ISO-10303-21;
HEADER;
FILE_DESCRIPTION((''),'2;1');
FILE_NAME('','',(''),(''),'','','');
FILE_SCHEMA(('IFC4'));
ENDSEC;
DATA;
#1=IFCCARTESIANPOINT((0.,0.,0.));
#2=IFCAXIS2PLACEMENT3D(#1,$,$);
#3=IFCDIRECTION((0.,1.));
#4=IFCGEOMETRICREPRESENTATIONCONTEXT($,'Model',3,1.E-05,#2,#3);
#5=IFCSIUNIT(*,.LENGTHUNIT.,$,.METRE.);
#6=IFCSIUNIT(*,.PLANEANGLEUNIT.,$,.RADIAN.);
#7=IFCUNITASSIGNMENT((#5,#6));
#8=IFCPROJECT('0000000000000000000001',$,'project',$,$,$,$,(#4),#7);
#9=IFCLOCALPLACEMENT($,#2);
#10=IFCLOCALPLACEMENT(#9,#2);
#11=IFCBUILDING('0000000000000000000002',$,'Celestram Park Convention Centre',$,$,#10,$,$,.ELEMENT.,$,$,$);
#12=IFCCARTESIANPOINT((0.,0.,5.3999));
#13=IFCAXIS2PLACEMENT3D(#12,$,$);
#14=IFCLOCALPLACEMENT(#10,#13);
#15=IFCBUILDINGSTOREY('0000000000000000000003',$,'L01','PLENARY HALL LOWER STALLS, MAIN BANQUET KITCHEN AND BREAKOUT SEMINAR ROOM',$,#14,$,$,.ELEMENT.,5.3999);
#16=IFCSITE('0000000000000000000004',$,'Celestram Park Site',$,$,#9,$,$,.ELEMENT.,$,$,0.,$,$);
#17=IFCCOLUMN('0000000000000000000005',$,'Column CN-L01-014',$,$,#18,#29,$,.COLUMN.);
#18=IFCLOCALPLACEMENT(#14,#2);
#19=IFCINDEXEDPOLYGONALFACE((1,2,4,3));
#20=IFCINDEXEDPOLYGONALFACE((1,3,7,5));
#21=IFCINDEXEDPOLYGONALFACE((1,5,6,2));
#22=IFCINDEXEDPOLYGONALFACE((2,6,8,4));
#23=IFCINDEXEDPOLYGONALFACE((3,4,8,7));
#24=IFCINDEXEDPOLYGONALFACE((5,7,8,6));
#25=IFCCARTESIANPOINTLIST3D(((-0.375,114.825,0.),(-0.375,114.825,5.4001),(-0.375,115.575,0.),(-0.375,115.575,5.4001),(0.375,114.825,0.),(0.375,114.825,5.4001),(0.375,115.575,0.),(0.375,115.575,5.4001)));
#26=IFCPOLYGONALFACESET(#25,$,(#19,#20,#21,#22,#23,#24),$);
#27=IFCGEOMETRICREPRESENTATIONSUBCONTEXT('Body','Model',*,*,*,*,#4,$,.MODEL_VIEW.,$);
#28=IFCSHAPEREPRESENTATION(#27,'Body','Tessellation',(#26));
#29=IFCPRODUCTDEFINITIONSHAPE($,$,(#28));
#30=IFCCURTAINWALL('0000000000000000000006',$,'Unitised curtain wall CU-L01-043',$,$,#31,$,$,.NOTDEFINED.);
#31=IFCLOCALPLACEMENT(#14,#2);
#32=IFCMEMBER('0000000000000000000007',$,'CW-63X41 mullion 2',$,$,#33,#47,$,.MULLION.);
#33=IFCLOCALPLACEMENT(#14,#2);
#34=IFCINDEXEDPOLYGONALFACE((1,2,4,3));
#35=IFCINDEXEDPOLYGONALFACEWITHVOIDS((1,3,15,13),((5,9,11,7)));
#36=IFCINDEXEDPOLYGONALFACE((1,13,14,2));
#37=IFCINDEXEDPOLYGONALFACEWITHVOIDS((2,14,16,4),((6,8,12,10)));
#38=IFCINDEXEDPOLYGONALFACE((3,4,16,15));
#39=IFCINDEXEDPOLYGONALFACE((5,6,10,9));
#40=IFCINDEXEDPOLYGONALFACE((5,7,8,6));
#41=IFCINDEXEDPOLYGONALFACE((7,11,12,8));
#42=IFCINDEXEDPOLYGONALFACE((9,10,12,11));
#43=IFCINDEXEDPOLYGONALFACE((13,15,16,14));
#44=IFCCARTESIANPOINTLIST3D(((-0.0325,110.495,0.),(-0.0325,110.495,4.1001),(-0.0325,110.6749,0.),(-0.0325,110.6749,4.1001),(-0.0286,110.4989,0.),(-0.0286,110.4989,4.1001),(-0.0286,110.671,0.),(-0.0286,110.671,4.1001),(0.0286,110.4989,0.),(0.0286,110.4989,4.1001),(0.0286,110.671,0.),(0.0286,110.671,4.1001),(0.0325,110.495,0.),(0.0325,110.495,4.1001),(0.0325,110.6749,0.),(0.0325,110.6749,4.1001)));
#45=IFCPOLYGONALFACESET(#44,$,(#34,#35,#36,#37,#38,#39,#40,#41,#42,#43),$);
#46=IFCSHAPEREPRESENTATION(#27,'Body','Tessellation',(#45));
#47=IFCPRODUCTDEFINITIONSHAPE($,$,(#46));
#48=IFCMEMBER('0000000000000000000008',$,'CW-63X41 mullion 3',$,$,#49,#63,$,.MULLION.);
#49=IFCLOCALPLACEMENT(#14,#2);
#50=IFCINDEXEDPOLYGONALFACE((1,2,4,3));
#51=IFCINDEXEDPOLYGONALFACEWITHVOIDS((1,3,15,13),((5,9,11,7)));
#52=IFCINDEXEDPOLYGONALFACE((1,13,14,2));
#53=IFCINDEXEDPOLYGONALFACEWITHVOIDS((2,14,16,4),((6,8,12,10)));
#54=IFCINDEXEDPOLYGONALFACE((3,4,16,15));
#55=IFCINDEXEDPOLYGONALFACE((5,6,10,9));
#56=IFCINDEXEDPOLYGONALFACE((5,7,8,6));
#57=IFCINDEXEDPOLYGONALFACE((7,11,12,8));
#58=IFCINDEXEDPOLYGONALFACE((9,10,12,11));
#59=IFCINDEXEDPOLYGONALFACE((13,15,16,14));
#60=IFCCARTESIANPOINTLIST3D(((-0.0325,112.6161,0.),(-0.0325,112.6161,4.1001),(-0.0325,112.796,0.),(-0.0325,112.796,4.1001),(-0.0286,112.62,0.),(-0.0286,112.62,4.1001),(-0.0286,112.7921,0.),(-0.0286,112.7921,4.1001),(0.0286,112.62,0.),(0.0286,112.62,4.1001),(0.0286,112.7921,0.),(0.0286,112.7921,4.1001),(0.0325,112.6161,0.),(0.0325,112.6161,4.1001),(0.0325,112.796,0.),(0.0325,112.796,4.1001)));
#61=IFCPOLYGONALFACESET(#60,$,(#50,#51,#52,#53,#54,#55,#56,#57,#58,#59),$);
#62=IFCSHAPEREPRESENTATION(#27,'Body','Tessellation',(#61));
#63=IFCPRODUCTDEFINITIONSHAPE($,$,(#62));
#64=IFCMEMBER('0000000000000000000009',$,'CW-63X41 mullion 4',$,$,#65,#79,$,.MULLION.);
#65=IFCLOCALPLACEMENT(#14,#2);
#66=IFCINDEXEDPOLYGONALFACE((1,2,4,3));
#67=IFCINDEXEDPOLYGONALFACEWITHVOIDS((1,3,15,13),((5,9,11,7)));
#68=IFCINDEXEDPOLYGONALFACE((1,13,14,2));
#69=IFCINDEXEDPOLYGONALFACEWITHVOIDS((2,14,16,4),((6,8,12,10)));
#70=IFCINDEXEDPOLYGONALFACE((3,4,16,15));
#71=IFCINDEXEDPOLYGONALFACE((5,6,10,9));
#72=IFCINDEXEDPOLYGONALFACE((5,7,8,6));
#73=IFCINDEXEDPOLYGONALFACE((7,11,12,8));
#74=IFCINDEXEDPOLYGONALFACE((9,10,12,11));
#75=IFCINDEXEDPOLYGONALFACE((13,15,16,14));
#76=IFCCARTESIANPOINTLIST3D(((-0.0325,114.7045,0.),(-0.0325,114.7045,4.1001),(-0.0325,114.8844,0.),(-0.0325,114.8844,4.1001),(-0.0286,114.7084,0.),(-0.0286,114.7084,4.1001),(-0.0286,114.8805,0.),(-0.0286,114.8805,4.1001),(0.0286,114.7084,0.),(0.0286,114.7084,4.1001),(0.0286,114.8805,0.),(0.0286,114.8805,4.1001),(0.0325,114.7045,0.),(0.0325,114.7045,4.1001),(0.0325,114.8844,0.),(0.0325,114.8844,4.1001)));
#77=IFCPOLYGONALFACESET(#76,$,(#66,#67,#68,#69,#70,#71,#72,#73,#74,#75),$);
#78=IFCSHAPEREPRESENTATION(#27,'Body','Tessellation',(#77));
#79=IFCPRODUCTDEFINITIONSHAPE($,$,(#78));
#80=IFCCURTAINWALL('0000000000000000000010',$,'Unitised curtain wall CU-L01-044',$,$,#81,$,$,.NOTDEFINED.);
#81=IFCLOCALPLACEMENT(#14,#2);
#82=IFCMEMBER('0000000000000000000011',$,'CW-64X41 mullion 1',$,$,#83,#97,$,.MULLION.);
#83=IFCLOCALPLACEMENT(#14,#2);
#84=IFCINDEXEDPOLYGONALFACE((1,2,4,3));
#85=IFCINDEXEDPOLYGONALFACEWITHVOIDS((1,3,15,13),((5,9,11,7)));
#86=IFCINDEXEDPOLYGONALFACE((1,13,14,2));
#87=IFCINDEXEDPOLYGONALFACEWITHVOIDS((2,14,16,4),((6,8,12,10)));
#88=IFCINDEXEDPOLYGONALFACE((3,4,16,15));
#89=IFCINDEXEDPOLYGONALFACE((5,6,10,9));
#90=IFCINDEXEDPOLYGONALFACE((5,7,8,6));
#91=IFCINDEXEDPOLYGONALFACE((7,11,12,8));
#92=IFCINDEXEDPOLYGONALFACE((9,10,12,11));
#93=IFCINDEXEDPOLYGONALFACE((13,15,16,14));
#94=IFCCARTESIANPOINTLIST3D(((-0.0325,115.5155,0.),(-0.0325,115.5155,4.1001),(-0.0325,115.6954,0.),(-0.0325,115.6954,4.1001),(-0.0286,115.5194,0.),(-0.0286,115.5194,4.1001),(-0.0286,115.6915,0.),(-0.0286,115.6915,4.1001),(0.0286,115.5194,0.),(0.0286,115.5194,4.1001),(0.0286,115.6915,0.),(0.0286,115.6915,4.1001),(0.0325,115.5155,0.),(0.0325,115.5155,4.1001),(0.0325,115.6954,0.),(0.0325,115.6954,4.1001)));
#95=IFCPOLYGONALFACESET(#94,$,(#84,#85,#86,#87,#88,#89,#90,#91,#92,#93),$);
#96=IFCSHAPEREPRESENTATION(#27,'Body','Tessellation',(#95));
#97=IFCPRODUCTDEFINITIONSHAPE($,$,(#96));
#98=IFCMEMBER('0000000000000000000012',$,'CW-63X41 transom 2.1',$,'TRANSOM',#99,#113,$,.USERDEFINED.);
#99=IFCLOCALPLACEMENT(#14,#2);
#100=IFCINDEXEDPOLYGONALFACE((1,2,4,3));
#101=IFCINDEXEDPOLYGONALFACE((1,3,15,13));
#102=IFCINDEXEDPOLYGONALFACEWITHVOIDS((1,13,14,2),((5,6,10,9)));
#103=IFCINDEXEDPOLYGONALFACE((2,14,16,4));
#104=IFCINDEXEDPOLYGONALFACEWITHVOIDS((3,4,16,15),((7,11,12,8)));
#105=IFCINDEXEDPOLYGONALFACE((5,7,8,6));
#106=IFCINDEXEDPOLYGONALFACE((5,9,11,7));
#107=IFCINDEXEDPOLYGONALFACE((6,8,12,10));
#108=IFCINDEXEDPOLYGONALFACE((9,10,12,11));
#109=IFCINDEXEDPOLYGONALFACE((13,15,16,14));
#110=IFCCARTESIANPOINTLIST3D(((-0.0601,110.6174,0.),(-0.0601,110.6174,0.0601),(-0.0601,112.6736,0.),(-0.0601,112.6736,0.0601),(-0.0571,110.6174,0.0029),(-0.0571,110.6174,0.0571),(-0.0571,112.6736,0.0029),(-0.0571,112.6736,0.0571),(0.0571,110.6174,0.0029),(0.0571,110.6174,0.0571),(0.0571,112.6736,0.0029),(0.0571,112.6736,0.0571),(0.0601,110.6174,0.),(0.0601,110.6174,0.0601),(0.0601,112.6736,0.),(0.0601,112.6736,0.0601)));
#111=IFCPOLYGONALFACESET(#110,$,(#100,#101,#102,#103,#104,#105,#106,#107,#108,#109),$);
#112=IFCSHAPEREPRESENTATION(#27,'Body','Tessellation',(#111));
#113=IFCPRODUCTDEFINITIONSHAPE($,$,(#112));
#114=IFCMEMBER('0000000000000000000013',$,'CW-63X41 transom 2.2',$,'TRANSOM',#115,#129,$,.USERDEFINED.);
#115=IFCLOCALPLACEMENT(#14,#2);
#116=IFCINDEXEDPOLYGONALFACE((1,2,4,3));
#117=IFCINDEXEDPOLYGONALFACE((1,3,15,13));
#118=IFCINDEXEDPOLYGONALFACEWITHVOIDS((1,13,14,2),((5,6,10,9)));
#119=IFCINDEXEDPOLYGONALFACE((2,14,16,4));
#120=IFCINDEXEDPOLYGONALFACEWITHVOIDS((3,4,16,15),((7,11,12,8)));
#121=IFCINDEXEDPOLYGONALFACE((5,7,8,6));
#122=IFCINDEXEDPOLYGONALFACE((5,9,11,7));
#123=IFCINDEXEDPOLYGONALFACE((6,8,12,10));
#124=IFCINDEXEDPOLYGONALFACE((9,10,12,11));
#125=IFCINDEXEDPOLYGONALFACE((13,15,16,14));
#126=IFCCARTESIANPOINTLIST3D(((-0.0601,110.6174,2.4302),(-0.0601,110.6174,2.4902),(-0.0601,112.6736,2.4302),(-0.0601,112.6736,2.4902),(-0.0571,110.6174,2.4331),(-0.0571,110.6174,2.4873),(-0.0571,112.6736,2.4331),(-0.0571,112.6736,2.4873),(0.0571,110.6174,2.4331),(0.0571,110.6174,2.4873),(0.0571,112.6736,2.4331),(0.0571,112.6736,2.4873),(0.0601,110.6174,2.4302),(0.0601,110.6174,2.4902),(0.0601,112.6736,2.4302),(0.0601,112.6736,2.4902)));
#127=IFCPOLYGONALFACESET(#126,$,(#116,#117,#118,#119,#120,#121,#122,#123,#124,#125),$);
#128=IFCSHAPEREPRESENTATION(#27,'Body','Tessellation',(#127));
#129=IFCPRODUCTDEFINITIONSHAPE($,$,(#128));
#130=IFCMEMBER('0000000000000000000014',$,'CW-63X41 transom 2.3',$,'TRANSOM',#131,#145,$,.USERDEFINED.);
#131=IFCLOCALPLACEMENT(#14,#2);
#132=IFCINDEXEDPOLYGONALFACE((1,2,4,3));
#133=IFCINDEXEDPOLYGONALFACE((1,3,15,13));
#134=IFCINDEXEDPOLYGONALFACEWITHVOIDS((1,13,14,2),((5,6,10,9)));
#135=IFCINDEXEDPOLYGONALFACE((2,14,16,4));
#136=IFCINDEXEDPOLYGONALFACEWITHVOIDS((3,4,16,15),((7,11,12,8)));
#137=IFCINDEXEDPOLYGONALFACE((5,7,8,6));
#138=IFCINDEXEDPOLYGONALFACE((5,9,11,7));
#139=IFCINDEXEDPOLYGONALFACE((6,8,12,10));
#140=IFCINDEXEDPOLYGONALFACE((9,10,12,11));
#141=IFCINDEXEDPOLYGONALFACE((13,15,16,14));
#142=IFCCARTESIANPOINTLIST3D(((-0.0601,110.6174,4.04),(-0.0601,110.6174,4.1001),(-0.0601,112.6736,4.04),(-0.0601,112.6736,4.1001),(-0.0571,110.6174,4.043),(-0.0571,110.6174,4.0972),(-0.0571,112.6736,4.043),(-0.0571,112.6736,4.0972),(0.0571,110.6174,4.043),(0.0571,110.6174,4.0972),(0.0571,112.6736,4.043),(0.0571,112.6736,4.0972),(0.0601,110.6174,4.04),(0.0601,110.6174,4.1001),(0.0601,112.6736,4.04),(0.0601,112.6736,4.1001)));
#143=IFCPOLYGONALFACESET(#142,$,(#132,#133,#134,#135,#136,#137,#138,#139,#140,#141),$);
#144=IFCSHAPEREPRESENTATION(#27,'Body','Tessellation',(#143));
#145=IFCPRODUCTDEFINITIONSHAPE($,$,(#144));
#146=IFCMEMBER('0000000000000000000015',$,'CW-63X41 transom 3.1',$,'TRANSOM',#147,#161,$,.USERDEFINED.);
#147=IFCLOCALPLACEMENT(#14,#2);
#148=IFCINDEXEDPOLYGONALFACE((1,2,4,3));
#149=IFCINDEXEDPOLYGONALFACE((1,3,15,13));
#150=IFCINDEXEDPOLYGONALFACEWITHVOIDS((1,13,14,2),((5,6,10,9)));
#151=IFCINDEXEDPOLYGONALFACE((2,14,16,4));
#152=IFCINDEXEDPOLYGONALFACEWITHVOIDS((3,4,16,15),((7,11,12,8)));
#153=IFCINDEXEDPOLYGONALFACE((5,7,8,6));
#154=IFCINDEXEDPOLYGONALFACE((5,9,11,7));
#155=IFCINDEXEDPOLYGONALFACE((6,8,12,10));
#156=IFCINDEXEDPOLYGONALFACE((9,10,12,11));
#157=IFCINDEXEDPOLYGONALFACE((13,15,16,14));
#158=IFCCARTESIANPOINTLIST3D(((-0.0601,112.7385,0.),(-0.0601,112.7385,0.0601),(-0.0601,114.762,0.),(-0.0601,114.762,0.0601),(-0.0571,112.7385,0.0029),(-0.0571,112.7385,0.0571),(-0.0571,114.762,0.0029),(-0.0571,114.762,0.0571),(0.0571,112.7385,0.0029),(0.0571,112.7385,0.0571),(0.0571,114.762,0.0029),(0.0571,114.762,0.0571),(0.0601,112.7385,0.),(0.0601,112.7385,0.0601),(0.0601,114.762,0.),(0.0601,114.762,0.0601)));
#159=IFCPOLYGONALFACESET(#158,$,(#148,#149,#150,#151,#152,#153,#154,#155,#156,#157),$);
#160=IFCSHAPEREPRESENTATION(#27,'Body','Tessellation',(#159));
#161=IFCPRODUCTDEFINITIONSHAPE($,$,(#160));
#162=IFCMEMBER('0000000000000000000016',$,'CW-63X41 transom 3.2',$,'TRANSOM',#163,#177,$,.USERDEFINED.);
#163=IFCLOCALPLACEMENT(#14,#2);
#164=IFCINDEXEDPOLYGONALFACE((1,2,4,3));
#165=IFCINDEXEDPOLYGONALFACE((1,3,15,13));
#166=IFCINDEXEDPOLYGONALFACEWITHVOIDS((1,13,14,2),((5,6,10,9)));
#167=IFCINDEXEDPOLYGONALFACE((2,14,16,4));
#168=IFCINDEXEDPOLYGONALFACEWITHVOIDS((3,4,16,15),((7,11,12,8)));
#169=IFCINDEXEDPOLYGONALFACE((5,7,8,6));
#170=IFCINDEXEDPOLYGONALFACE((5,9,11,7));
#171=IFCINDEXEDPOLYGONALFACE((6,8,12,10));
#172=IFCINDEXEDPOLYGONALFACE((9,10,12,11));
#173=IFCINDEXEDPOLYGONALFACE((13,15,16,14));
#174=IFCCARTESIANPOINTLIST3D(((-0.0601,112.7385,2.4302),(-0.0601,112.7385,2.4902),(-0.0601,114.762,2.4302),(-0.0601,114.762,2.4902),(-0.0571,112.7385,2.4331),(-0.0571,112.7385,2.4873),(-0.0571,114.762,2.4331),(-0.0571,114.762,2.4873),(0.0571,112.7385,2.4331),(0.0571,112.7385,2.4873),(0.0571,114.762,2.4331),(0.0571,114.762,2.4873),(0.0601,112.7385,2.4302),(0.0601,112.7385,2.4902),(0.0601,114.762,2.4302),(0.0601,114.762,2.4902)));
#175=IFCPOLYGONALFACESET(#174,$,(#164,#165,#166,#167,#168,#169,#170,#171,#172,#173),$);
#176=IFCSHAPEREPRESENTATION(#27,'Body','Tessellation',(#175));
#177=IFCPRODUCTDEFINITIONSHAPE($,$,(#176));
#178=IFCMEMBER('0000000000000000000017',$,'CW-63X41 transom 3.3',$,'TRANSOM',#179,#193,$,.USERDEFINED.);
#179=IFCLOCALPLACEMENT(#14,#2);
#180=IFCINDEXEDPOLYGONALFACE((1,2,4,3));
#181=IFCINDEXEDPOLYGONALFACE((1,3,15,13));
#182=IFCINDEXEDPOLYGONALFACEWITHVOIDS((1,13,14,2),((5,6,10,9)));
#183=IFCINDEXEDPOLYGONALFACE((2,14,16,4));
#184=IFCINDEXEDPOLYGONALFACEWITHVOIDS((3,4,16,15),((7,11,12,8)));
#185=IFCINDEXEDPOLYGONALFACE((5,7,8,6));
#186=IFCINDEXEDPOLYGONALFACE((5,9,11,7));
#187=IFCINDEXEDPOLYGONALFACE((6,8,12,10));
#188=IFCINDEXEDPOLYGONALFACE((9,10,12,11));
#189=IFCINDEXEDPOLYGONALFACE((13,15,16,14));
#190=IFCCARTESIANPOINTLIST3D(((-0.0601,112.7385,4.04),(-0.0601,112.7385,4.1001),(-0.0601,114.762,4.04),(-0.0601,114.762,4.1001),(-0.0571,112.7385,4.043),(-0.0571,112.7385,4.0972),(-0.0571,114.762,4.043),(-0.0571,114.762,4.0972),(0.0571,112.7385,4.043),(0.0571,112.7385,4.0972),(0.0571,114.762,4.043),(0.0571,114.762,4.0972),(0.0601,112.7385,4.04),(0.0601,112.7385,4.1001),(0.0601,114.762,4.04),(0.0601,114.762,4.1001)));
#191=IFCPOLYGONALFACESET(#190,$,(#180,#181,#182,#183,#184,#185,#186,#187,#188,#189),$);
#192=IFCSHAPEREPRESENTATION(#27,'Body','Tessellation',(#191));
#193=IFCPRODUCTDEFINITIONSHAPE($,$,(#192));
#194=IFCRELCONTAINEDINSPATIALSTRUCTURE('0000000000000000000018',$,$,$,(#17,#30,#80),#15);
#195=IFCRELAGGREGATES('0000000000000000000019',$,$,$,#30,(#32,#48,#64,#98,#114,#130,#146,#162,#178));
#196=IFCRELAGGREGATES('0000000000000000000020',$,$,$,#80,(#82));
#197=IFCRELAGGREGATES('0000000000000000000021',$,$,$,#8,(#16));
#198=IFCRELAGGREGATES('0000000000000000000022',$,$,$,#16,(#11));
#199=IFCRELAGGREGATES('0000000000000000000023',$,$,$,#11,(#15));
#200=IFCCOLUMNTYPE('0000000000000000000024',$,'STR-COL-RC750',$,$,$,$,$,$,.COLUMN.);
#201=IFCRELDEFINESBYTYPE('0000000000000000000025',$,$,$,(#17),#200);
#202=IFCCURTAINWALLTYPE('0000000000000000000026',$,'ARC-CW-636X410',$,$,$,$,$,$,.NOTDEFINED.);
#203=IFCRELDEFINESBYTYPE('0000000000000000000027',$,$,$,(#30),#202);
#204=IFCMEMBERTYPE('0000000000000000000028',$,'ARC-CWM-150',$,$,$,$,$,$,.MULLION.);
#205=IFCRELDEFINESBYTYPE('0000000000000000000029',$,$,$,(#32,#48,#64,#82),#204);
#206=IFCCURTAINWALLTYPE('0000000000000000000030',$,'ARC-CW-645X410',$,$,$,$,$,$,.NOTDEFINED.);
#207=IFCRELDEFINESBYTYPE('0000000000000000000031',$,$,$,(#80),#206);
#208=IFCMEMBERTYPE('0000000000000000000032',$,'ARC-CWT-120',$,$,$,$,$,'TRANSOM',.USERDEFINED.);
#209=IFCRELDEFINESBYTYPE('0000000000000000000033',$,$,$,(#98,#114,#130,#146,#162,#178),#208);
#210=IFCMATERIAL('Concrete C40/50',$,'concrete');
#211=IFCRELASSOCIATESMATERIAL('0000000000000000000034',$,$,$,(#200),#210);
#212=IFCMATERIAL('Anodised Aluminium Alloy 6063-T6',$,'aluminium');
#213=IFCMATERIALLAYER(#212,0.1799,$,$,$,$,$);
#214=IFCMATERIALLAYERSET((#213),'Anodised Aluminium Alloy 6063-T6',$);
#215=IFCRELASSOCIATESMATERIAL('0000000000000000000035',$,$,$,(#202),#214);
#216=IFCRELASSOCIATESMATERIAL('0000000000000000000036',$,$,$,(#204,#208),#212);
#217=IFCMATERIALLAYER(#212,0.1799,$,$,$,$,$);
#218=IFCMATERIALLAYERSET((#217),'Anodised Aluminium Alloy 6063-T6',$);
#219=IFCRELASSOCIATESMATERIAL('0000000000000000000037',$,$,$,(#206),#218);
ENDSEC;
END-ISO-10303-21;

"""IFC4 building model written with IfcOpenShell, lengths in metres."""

from ifc_helpers import new_model, si_unit, direction, frame, origin, origin_2d, place, context, subcontext, project, spatial, rectangle, hollow_rectangle, extrude, material, layer, layer_set, material_profile, profile_set, type_object, element, aggregate, save


model = new_model("IFC4")

# Units and contexts
model_context = context("Model", 3, precision=1e-05, world=origin(), true_north=direction((0.0, 1.0)))
body_context = subcontext(model_context, "Body", "Model", "MODEL_VIEW")
ifc_project = project(units=[si_unit("LENGTHUNIT", "METRE"), si_unit("PLANEANGLEUNIT", "RADIAN")], contexts=[model_context])

# Site, building, storey
site_placement = place(None, origin())
site = spatial("IfcSite", under=ifc_project, at=site_placement, Name="Celestram Park Site", CompositionType="ELEMENT", RefElevation=0.0)
building_placement = place(site_placement, origin())
building = spatial("IfcBuilding", under=site, at=building_placement, Name="Celestram Park Convention Centre", CompositionType="ELEMENT")
storey_placement = place(building_placement, frame((0.0, 0.0, 5.3999)))
storey = spatial("IfcBuildingStorey", under=building, at=storey_placement, Name="L01", Description="PLENARY HALL LOWER STALLS, MAIN BANQUET KITCHEN AND BREAKOUT SEMINAR ROOM", CompositionType="ELEMENT", Elevation=5.3999)

# Column
ifc_material_1 = material(Name="Concrete C40/50", Category="concrete")
ifc_material_profile_1 = material_profile(ifc_material_1, rectangle(XDim=0.75, YDim=0.75, at=origin_2d()), Name="RC750X750")
ifc_profile_set_1 = profile_set([ifc_material_profile_1], Name="Concrete C40/50")
column_type = type_object("IfcColumnType", Name="STR-COL-RC750", PredefinedType="COLUMN", material=ifc_profile_set_1)
column_placement = place(storey_placement, frame((0.0, 115.2, 0.0), z_axis=(0.0, 0.0, 1.0), x_axis=(1.0, 0.0, 0.0)))
element("IfcColumn", 1, at=column_placement, inside=storey, type_object=column_type, Name="Column CN-L01-014", PredefinedType="COLUMN", context=body_context, shape_type="SweptSolid", body=[
    extrude(rectangle(XDim=0.75, YDim=0.75, at=origin_2d()), origin(), (0.0, 0.0, 1.0), 5.4001),
])

# Curtain wall, members
ifc_material_2 = material(Name="Anodised Aluminium Alloy 6063-T6", Category="aluminium")
ifc_layer_1 = layer(ifc_material_2, 0.1799)
ifc_layer_set_1 = layer_set([ifc_layer_1], Name="Anodised Aluminium Alloy 6063-T6")
curtain_wall_type_1 = type_object("IfcCurtainWallType", Name="ARC-CW-636X410", PredefinedType="NOTDEFINED", material=ifc_layer_set_1)
curtain_wall_1_placement = place(storey_placement, origin())
curtain_wall_1 = element("IfcCurtainWall", 2, at=curtain_wall_1_placement, inside=storey, type_object=curtain_wall_type_1, Name="Unitised curtain wall CU-L01-043", PredefinedType="NOTDEFINED")
ifc_material_profile_2 = material_profile(ifc_material_2, hollow_rectangle(XDim=0.0649, YDim=0.1799, WallThickness=0.0039, at=origin_2d()), Name="ALU65X180X4")
ifc_profile_set_2 = profile_set([ifc_material_profile_2], Name="Anodised Aluminium Alloy 6063-T6")
member_type_1 = type_object("IfcMemberType", Name="ARC-CWM-150", PredefinedType="MULLION", material=ifc_profile_set_2)
member_1_placement = place(storey_placement, frame((0.0, 110.585, 0.0), z_axis=(0.0, 0.0, 1.0), x_axis=(-1.0, 0.0, 0.0)))
member_1 = element("IfcMember", 3, at=member_1_placement, type_object=member_type_1, Name="CW-63X41 mullion 2", PredefinedType="MULLION", context=body_context, shape_type="SweptSolid", body=[
    extrude(hollow_rectangle(XDim=0.0649, YDim=0.1799, WallThickness=0.0039, at=origin_2d()), origin(), (0.0, 0.0, 1.0), 4.1001),
])
member_2_placement = place(storey_placement, frame((0.0, 112.7061, 0.0), z_axis=(0.0, 0.0, 1.0), x_axis=(-1.0, 0.0, 0.0)))
member_2 = element("IfcMember", 4, at=member_2_placement, type_object=member_type_1, Name="CW-63X41 mullion 3", PredefinedType="MULLION", context=body_context, shape_type="SweptSolid", body=[
    extrude(hollow_rectangle(XDim=0.0649, YDim=0.1799, WallThickness=0.0039, at=origin_2d()), origin(), (0.0, 0.0, 1.0), 4.1001),
])
member_3_placement = place(storey_placement, frame((0.0, 114.7944, 0.0), z_axis=(0.0, 0.0, 1.0), x_axis=(-1.0, 0.0, 0.0)))
member_3 = element("IfcMember", 5, at=member_3_placement, type_object=member_type_1, Name="CW-63X41 mullion 4", PredefinedType="MULLION", context=body_context, shape_type="SweptSolid", body=[
    extrude(hollow_rectangle(XDim=0.0649, YDim=0.1799, WallThickness=0.0039, at=origin_2d()), origin(), (0.0, 0.0, 1.0), 4.1001),
])

# Curtain wall, member
ifc_layer_2 = layer(ifc_material_2, 0.1799)
ifc_layer_set_2 = layer_set([ifc_layer_2], Name="Anodised Aluminium Alloy 6063-T6")
curtain_wall_type_2 = type_object("IfcCurtainWallType", Name="ARC-CW-645X410", PredefinedType="NOTDEFINED", material=ifc_layer_set_2)
curtain_wall_2_placement = place(storey_placement, origin())
curtain_wall_2 = element("IfcCurtainWall", 6, at=curtain_wall_2_placement, inside=storey, type_object=curtain_wall_type_2, Name="Unitised curtain wall CU-L01-044", PredefinedType="NOTDEFINED")
member_4_placement = place(storey_placement, frame((0.0, 115.6055, 0.0), z_axis=(0.0, 0.0, 1.0), x_axis=(-1.0, 0.0, 0.0)))
member_4 = element("IfcMember", 7, at=member_4_placement, type_object=member_type_1, Name="CW-64X41 mullion 1", PredefinedType="MULLION", context=body_context, shape_type="SweptSolid", body=[
    extrude(hollow_rectangle(XDim=0.0649, YDim=0.1799, WallThickness=0.0039, at=origin_2d()), origin(), (0.0, 0.0, 1.0), 4.1001),
])

# Members
ifc_material_profile_3 = material_profile(ifc_material_2, hollow_rectangle(XDim=0.1201, YDim=0.0601, WallThickness=0.0029, at=origin_2d()), Name="ALU120X60X3")
ifc_profile_set_3 = profile_set([ifc_material_profile_3], Name="Anodised Aluminium Alloy 6063-T6")
member_type_2 = type_object("IfcMemberType", Name="ARC-CWT-120", ElementType="TRANSOM", PredefinedType="USERDEFINED", material=ifc_profile_set_3)
member_5_placement = place(storey_placement, frame((0.0, 110.6174, 0.03), z_axis=(0.0, 1.0, 0.0), x_axis=(-1.0, 0.0, 0.0)))
member_5 = element("IfcMember", 8, at=member_5_placement, type_object=member_type_2, Name="CW-63X41 transom 2.1", ObjectType="TRANSOM", PredefinedType="USERDEFINED", context=body_context, shape_type="SweptSolid", body=[
    extrude(hollow_rectangle(XDim=0.1201, YDim=0.0601, WallThickness=0.0029, at=origin_2d()), origin(), (0.0, 0.0, 1.0), 2.0562),
])
member_6_placement = place(storey_placement, frame((0.0, 110.6174, 2.4602), z_axis=(0.0, 1.0, 0.0), x_axis=(-1.0, 0.0, 0.0)))
member_6 = element("IfcMember", 9, at=member_6_placement, type_object=member_type_2, Name="CW-63X41 transom 2.2", ObjectType="TRANSOM", PredefinedType="USERDEFINED", context=body_context, shape_type="SweptSolid", body=[
    extrude(hollow_rectangle(XDim=0.1201, YDim=0.0601, WallThickness=0.0029, at=origin_2d()), origin(), (0.0, 0.0, 1.0), 2.0562),
])
member_7_placement = place(storey_placement, frame((0.0, 110.6174, 4.0701), z_axis=(0.0, 1.0, 0.0), x_axis=(-1.0, 0.0, 0.0)))
member_7 = element("IfcMember", 10, at=member_7_placement, type_object=member_type_2, Name="CW-63X41 transom 2.3", ObjectType="TRANSOM", PredefinedType="USERDEFINED", context=body_context, shape_type="SweptSolid", body=[
    extrude(hollow_rectangle(XDim=0.1201, YDim=0.0601, WallThickness=0.0029, at=origin_2d()), origin(), (0.0, 0.0, 1.0), 2.0562),
])
member_8_placement = place(storey_placement, frame((0.0, 112.7385, 0.03), z_axis=(0.0, 1.0, 0.0), x_axis=(-1.0, 0.0, 0.0)))
member_8 = element("IfcMember", 11, at=member_8_placement, type_object=member_type_2, Name="CW-63X41 transom 3.1", ObjectType="TRANSOM", PredefinedType="USERDEFINED", context=body_context, shape_type="SweptSolid", body=[
    extrude(hollow_rectangle(XDim=0.1201, YDim=0.0601, WallThickness=0.0029, at=origin_2d()), origin(), (0.0, 0.0, 1.0), 2.0234),
])
member_9_placement = place(storey_placement, frame((0.0, 112.7385, 2.4602), z_axis=(0.0, 1.0, 0.0), x_axis=(-1.0, 0.0, 0.0)))
member_9 = element("IfcMember", 12, at=member_9_placement, type_object=member_type_2, Name="CW-63X41 transom 3.2", ObjectType="TRANSOM", PredefinedType="USERDEFINED", context=body_context, shape_type="SweptSolid", body=[
    extrude(hollow_rectangle(XDim=0.1201, YDim=0.0601, WallThickness=0.0029, at=origin_2d()), origin(), (0.0, 0.0, 1.0), 2.0234),
])
member_10_placement = place(storey_placement, frame((0.0, 112.7385, 4.0701), z_axis=(0.0, 1.0, 0.0), x_axis=(-1.0, 0.0, 0.0)))
member_10 = element("IfcMember", 13, at=member_10_placement, type_object=member_type_2, Name="CW-63X41 transom 3.3", ObjectType="TRANSOM", PredefinedType="USERDEFINED", context=body_context, shape_type="SweptSolid", body=[
    extrude(hollow_rectangle(XDim=0.1201, YDim=0.0601, WallThickness=0.0029, at=origin_2d()), origin(), (0.0, 0.0, 1.0), 2.0234),
])

aggregate(curtain_wall_1, [member_1, member_2, member_3, member_5, member_6, member_7, member_8, member_9, member_10])
aggregate(curtain_wall_2, [member_4])

save(model, "model.ifc")
